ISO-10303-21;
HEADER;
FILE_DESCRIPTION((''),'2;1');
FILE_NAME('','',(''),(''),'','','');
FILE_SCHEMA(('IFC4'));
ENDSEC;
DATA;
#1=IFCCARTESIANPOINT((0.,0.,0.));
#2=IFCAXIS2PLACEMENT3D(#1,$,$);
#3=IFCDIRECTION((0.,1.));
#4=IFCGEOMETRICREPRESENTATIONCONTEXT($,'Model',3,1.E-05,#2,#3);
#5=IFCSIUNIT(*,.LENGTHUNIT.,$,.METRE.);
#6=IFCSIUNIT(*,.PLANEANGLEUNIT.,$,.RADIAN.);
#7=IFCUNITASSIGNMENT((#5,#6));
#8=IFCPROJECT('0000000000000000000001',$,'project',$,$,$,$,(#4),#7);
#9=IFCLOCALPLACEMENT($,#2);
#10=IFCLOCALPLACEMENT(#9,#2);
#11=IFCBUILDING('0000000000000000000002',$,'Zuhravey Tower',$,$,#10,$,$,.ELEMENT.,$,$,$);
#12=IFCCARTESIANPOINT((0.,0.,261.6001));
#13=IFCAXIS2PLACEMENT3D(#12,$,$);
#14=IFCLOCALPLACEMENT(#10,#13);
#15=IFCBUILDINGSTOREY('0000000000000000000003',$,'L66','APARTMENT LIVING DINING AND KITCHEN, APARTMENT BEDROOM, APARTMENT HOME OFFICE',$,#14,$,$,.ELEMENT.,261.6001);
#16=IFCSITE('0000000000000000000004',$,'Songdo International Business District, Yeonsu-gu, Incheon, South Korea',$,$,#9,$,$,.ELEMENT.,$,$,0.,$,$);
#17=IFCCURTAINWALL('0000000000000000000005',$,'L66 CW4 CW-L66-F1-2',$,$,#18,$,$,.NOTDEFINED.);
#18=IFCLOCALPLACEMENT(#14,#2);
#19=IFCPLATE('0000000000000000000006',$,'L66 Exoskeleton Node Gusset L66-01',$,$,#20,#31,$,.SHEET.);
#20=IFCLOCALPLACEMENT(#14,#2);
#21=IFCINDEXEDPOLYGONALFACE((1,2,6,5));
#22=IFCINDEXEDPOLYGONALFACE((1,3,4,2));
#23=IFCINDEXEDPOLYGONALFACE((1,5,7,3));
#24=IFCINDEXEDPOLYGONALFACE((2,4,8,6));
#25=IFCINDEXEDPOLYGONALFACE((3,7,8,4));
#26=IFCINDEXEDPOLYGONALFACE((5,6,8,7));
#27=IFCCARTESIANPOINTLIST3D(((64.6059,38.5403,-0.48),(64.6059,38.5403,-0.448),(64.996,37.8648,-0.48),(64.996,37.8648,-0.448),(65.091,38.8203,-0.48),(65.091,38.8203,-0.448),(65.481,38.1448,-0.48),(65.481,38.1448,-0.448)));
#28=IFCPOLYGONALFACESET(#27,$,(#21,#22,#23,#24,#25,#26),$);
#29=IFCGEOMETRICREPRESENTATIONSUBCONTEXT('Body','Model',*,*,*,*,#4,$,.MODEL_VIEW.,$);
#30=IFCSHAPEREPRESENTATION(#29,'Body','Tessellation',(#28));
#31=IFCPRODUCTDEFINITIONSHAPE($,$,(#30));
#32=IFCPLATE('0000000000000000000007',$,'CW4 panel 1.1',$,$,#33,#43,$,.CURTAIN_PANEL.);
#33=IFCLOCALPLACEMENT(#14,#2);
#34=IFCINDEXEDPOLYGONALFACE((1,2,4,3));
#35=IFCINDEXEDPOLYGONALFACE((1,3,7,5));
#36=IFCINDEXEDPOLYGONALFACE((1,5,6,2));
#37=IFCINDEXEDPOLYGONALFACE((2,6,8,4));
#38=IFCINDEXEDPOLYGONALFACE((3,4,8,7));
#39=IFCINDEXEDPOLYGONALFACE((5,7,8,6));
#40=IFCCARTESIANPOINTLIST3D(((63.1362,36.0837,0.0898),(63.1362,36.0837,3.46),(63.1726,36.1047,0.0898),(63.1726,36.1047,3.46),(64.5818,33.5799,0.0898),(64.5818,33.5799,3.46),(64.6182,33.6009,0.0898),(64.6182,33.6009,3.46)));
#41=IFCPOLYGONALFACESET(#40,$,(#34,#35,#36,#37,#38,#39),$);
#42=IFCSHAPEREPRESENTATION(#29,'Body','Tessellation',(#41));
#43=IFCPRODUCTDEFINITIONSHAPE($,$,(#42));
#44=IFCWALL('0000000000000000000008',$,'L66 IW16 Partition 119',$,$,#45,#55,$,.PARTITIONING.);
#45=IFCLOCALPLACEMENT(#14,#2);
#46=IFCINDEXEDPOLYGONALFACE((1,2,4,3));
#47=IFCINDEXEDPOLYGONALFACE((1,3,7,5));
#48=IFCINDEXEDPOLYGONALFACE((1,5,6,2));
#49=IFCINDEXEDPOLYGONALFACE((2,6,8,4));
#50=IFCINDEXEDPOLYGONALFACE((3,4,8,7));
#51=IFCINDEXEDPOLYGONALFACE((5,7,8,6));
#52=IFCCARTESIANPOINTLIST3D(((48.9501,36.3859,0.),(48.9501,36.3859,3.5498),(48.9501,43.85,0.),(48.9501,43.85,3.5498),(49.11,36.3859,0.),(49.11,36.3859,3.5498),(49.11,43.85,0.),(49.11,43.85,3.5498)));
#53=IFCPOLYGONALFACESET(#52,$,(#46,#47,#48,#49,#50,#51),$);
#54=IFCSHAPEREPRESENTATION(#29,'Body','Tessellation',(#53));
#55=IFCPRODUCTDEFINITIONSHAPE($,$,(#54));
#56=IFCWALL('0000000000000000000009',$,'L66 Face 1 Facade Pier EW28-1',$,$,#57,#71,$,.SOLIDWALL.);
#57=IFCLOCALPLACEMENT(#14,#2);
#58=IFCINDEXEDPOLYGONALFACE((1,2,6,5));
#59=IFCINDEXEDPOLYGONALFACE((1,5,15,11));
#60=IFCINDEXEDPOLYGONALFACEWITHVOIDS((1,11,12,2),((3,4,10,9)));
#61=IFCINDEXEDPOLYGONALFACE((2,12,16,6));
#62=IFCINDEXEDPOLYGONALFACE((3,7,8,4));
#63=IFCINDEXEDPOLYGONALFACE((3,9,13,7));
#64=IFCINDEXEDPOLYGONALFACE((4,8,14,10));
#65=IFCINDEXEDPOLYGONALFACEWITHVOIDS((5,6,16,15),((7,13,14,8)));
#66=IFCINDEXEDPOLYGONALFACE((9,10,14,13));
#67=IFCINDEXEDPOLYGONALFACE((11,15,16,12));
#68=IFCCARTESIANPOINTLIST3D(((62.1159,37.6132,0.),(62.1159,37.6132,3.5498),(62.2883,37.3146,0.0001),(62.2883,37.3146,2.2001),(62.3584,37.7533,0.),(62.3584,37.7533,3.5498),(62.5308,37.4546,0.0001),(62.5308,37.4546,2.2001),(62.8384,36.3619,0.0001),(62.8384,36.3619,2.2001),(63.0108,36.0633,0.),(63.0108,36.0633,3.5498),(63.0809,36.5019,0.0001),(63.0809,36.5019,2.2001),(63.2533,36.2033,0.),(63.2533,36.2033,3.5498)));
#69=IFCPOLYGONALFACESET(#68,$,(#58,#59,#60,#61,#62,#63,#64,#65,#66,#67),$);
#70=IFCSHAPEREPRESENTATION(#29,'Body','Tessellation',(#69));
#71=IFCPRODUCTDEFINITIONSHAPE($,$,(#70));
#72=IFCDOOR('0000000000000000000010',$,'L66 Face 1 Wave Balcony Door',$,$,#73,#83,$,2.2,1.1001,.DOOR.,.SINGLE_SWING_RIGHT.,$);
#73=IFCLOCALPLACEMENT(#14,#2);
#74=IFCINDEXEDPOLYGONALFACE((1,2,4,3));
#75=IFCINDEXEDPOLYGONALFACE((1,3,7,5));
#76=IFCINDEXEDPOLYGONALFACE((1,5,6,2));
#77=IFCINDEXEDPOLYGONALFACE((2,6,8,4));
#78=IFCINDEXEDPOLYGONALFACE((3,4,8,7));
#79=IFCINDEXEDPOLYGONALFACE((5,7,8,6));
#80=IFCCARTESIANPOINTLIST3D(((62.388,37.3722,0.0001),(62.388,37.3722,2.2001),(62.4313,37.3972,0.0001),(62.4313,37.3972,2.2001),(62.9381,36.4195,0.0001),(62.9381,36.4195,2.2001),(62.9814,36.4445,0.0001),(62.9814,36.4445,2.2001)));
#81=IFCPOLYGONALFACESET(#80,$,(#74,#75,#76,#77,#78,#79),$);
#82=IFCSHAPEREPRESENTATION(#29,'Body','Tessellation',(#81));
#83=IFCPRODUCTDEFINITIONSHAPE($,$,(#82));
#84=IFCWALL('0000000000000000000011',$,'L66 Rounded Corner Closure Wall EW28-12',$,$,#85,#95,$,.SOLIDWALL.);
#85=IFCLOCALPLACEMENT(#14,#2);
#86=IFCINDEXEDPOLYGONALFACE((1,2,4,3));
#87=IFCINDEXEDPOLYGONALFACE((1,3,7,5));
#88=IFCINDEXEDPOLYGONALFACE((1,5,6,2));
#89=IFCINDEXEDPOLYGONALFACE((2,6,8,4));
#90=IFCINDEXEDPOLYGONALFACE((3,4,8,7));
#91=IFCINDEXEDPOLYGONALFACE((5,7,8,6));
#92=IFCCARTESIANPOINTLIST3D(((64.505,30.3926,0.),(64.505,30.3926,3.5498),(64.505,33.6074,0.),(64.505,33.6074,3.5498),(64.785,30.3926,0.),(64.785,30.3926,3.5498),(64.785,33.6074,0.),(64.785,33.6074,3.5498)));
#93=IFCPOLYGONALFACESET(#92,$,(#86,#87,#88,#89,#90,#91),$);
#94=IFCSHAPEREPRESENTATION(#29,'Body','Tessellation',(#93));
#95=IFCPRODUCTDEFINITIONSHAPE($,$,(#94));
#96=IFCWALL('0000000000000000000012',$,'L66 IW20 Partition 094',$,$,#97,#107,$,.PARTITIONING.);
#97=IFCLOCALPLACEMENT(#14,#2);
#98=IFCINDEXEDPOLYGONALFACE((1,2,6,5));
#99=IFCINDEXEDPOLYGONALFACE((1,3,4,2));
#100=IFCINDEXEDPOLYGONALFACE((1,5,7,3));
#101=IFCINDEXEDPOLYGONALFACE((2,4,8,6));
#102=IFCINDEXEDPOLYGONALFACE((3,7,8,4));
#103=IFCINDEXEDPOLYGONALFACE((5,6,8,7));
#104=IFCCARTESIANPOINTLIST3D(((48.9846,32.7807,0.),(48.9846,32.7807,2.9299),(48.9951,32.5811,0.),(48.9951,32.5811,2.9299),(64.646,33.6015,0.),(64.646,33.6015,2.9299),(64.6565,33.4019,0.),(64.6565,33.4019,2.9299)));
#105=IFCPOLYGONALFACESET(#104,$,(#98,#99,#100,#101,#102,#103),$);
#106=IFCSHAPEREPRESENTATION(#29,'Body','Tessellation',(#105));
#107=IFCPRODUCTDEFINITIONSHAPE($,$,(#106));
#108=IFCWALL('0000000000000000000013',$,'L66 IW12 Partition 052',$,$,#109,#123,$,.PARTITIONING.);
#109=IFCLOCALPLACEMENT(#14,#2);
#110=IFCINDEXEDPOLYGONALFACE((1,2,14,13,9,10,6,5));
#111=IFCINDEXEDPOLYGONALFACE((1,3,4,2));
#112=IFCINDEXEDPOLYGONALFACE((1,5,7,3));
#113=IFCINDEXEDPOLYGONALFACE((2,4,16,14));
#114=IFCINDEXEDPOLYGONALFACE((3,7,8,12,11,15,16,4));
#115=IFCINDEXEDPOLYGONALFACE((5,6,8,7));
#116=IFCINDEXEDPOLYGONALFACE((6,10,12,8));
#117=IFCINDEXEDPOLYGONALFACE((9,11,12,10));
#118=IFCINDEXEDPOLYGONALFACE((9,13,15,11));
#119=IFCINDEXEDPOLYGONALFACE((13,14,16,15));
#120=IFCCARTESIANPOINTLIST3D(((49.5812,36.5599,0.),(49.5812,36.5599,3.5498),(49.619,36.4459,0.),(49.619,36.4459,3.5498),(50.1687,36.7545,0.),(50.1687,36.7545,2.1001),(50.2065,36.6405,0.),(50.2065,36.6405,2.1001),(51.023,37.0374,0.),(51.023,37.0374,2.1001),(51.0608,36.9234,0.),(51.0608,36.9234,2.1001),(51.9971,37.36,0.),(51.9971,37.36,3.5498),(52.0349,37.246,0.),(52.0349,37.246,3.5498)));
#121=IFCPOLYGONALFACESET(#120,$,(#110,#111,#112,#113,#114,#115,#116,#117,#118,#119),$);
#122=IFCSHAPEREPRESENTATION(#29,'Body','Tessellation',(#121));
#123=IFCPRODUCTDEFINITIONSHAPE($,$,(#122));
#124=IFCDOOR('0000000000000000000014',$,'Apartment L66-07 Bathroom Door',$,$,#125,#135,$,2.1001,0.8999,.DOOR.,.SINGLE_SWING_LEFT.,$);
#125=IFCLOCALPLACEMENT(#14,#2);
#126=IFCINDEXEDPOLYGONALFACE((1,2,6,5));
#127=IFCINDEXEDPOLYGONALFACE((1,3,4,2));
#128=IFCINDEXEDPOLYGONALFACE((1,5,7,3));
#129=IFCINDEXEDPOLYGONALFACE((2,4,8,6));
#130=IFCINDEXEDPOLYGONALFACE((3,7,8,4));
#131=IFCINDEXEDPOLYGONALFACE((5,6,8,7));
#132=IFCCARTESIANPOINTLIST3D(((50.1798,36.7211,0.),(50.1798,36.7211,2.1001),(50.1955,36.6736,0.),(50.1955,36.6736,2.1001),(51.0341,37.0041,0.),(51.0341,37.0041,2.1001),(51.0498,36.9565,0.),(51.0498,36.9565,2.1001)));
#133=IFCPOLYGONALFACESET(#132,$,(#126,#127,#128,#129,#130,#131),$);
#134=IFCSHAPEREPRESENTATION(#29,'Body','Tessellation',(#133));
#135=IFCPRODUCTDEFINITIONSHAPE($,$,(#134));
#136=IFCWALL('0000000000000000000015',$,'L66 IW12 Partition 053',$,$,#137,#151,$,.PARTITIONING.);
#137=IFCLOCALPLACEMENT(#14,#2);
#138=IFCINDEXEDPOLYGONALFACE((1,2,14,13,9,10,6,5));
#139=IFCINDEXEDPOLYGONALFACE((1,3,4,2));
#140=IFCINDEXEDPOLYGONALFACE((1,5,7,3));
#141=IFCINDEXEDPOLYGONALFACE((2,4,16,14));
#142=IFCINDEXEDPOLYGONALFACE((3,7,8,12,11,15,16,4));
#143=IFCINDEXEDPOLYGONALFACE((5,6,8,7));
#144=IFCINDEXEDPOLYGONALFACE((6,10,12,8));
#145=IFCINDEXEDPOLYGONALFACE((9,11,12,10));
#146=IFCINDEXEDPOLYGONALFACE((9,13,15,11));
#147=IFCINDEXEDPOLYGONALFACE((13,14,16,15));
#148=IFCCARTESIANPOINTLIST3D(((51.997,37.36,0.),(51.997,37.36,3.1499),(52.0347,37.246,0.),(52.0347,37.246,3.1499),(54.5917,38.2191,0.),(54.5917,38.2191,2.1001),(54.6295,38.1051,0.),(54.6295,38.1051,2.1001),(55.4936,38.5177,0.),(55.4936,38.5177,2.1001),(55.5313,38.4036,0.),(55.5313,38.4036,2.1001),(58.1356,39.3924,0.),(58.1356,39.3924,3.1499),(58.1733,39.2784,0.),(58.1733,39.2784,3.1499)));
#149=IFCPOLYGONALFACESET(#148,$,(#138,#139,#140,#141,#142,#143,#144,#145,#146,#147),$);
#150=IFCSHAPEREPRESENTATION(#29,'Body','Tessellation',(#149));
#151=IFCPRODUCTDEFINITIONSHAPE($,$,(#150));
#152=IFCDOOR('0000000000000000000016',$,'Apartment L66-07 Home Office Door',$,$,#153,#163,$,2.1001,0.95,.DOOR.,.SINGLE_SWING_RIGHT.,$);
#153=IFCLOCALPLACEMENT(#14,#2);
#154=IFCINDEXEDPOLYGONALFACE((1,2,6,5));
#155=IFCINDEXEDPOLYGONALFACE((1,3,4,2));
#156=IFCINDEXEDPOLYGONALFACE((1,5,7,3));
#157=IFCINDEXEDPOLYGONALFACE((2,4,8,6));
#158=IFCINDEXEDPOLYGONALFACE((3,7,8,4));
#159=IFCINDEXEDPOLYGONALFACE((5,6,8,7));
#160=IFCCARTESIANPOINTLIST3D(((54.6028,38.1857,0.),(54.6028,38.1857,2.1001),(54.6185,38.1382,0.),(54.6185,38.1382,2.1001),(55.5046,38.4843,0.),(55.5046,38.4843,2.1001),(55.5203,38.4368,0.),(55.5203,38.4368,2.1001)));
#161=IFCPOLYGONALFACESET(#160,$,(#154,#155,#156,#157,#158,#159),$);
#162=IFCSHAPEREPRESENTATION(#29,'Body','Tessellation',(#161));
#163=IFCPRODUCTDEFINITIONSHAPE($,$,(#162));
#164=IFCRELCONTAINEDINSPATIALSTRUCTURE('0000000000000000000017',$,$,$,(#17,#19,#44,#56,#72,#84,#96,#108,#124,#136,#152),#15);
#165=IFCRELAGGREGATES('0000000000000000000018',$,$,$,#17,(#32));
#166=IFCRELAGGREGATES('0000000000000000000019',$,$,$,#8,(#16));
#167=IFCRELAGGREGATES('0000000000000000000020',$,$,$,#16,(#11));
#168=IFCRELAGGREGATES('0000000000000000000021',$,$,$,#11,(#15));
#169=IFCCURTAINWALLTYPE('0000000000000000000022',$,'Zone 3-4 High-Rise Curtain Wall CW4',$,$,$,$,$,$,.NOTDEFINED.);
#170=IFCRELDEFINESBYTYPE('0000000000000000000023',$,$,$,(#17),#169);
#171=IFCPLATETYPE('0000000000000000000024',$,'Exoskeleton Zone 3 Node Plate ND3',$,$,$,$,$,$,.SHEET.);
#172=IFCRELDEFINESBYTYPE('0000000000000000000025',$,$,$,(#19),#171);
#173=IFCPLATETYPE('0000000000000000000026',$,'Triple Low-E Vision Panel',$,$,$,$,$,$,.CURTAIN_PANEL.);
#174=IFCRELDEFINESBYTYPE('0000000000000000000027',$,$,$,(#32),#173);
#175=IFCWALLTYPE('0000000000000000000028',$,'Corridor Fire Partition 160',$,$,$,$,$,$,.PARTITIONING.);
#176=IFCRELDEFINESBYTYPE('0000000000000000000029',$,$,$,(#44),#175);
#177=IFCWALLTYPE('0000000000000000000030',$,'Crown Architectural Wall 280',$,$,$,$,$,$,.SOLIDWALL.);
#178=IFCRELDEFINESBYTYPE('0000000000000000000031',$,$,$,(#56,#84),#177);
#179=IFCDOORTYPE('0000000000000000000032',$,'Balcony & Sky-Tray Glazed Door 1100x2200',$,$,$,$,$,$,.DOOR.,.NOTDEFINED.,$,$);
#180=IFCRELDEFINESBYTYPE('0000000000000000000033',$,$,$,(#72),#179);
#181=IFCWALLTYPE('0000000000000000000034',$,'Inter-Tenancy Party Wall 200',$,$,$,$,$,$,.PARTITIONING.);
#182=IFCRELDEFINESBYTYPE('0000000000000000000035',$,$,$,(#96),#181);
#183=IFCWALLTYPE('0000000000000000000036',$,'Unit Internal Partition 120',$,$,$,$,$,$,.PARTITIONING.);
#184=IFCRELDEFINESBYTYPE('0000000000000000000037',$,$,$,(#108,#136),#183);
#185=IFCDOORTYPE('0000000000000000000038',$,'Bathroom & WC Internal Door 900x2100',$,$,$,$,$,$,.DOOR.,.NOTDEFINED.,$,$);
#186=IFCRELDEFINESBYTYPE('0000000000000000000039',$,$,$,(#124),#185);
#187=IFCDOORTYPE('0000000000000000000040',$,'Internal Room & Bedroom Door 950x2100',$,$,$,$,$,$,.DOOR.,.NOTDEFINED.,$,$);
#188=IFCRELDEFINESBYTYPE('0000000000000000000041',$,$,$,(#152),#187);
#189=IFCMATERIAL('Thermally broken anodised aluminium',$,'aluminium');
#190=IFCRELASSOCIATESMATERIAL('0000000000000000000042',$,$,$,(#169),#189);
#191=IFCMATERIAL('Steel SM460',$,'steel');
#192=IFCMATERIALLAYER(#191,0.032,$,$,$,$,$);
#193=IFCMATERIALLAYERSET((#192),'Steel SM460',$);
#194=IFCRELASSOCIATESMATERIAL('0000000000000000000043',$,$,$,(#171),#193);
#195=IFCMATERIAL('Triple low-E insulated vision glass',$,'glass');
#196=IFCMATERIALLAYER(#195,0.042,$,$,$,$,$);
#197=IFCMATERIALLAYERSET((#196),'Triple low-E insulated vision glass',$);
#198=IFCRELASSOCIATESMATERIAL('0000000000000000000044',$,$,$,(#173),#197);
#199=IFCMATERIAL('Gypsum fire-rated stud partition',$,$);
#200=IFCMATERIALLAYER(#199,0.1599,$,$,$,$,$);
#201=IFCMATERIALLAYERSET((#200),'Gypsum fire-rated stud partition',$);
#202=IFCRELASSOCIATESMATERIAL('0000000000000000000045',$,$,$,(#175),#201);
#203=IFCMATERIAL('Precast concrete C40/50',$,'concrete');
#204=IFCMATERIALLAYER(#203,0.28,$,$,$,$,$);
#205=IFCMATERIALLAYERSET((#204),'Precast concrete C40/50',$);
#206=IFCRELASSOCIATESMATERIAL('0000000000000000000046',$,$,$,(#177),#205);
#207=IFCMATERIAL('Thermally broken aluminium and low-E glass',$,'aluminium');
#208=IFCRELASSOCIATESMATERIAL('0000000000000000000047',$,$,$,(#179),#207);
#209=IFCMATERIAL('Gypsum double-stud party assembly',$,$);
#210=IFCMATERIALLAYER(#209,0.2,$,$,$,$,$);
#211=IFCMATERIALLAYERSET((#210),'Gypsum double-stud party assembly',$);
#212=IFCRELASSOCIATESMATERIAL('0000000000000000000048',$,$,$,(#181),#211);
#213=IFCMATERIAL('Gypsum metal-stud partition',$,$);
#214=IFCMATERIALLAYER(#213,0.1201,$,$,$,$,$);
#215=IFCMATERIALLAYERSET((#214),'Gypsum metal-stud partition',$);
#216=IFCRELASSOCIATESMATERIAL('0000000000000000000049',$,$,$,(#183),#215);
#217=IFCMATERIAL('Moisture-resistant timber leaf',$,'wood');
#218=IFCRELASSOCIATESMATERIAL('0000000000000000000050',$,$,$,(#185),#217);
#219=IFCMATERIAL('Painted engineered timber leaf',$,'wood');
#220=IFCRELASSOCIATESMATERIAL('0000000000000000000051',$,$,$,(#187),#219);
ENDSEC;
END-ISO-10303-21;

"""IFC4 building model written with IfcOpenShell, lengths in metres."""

from ifc_helpers import new_model, si_unit, direction, frame, frame_2d, origin, origin_2d, place, context, subcontext, project, spatial, rectangle, extrude, material, layer, layer_set, type_object, element, fill, aggregate, save


model = new_model("IFC4")

# Units and contexts
model_context = context("Model", 3, precision=1e-05, world=origin(), true_north=direction((0.0, 1.0)))
body_context = subcontext(model_context, "Body", "Model", "MODEL_VIEW")
ifc_project = project(units=[si_unit("LENGTHUNIT", "METRE"), si_unit("PLANEANGLEUNIT", "RADIAN")], contexts=[model_context])

# Site, building, storey
site_placement = place(None, origin())
site = spatial("IfcSite", under=ifc_project, at=site_placement, Name="Songdo International Business District, Yeonsu-gu, Incheon, South Korea", CompositionType="ELEMENT", RefElevation=0.0)
building_placement = place(site_placement, origin())
building = spatial("IfcBuilding", under=site, at=building_placement, Name="Zuhravey Tower", CompositionType="ELEMENT")
storey_placement = place(building_placement, frame((0.0, 0.0, 261.6001)))
storey = spatial("IfcBuildingStorey", under=building, at=storey_placement, Name="L66", Description="APARTMENT LIVING DINING AND KITCHEN, APARTMENT BEDROOM, APARTMENT HOME OFFICE", CompositionType="ELEMENT", Elevation=261.6001)

# Shared definitions
ifc_material_1 = material(Name="Thermally broken anodised aluminium", Category="aluminium")
curtain_wall_type = type_object("IfcCurtainWallType", Name="Zone 3-4 High-Rise Curtain Wall CW4", PredefinedType="NOTDEFINED", material=ifc_material_1)

# Curtain wall
curtain_wall_1_placement = place(storey_placement, origin())
curtain_wall_1 = element("IfcCurtainWall", 1, at=curtain_wall_1_placement, inside=storey, type_object=curtain_wall_type, Name="L66 CW4 CW-L66-F1-2", PredefinedType="NOTDEFINED")

# Plates
ifc_material_2 = material(Name="Steel SM460", Category="steel")
ifc_layer_1 = layer(ifc_material_2, 0.032)
ifc_layer_set_1 = layer_set([ifc_layer_1], Name="Steel SM460")
plate_type_1 = type_object("IfcPlateType", Name="Exoskeleton Zone 3 Node Plate ND3", PredefinedType="SHEET", material=ifc_layer_set_1)
plate_1_placement = place(storey_placement, frame((65.0435, 38.3425, -0.48), z_axis=(0.0, 0.0, 1.0), x_axis=(-0.5, 0.866025, 0.0)))
element("IfcPlate", 2, at=plate_1_placement, inside=storey, type_object=plate_type_1, Name="L66 Exoskeleton Node Gusset L66-01", PredefinedType="SHEET", context=body_context, shape_type="SweptSolid", body=[
    extrude(rectangle(XDim=0.78, YDim=0.5601, at=origin_2d()), origin(), (0.0, 0.0, 1.0), 0.032),
])
ifc_material_3 = material(Name="Triple low-E insulated vision glass", Category="glass")
ifc_layer_2 = layer(ifc_material_3, 0.042)
ifc_layer_set_2 = layer_set([ifc_layer_2], Name="Triple low-E insulated vision glass")
plate_type_2 = type_object("IfcPlateType", Name="Triple Low-E Vision Panel", PredefinedType="CURTAIN_PANEL", material=ifc_layer_set_2)
plate_2_placement = place(storey_placement, frame((63.8772, 34.8423, 0.0898), z_axis=(0.0, 0.0, 1.0), x_axis=(0.500005, -0.866022, 0.0)))
plate_2 = element("IfcPlate", 3, at=plate_2_placement, type_object=plate_type_2, Name="CW4 panel 1.1", PredefinedType="CURTAIN_PANEL", context=body_context, shape_type="SweptSolid", body=[
    extrude(rectangle(XDim=2.8911, YDim=0.042, at=origin_2d()), origin(), (0.0, 0.0, 1.0), 3.3701),
])
aggregate(curtain_wall_1, [plate_2])

# Shared definitions
ifc_material_4 = material(Name="Gypsum fire-rated stud partition")
ifc_layer_3 = layer(ifc_material_4, 0.1599)
ifc_layer_set_3 = layer_set([ifc_layer_3], Name="Gypsum fire-rated stud partition")
wall_type_1 = type_object("IfcWallType", Name="Corridor Fire Partition 160", PredefinedType="PARTITIONING", material=ifc_layer_set_3)

# Wall
wall_1_placement = place(storey_placement, frame((49.03, 36.386, 0.0), z_axis=(0.0, 0.0, 1.0), x_axis=(0.0, 1.0, 0.0)))
element("IfcWall", 4, at=wall_1_placement, inside=storey, type_object=wall_type_1, Name="L66 IW16 Partition 119", PredefinedType="PARTITIONING", context=body_context, shape_type="SweptSolid", body=[
    extrude(rectangle(XDim=7.4641, YDim=0.1599, at=frame_2d((3.7319, 0.0))), origin(), (0.0, 0.0, 1.0), 3.5498),
])

# Wall, opening, door
ifc_material_5 = material(Name="Precast concrete C40/50", Category="concrete")
ifc_layer_4 = layer(ifc_material_5, 0.28)
ifc_layer_set_4 = layer_set([ifc_layer_4], Name="Precast concrete C40/50")
wall_type_2 = type_object("IfcWallType", Name="Crown Architectural Wall 280", PredefinedType="SOLIDWALL", material=ifc_layer_set_4)
wall_2_placement = place(storey_placement, frame((62.2371, 37.6833, 0.0), z_axis=(0.0, 0.0, 1.0), x_axis=(0.500041, -0.866002, 0.0)))
wall_2 = element("IfcWall", 5, at=wall_2_placement, inside=storey, type_object=wall_type_2, Name="L66 Face 1 Facade Pier EW28-1", PredefinedType="SOLIDWALL", context=body_context, shape_type="SweptSolid", body=[
    extrude(rectangle(XDim=1.7898, YDim=0.28, at=frame_2d((0.895, 0.0))), origin(), (0.0, 0.0, 1.0), 3.5498),
])
opening_1_placement = place(wall_2_placement, frame((0.345, 0.0, 0.0)))
opening_1 = element("IfcOpeningElement", 6, at=opening_1_placement, cuts=wall_2, PredefinedType="OPENING", context=body_context, shape_type="SweptSolid", body=[
    extrude(rectangle(XDim=1.1001, YDim=2.2, at=frame_2d((0.55, 1.1001))), frame((0.0, 0.1521, 0.0), z_axis=(0.0, -1.0, 0.0), x_axis=(1.0, 0.0, 0.0)), (0.0, 0.0, 1.0), 0.304),
])
ifc_material_6 = material(Name="Thermally broken aluminium and low-E glass", Category="aluminium")
door_type_1 = type_object("IfcDoorType", Name="Balcony & Sky-Tray Glazed Door 1100x2200", OperationType="NOTDEFINED", PredefinedType="DOOR", material=ifc_material_6)
door_1_placement = place(opening_1_placement, frame((1.1001, 0.0, 0.0), z_axis=(0.0, 0.0, 1.0), x_axis=(-1.0, 0.0, 0.0)))
door_1 = element("IfcDoor", 7, at=door_1_placement, inside=storey, type_object=door_type_1, Name="L66 Face 1 Wave Balcony Door", OperationType="SINGLE_SWING_RIGHT", OverallHeight=2.2, OverallWidth=1.1001, PredefinedType="DOOR", context=body_context, shape_type="SweptSolid", body=[
    extrude(rectangle(XDim=1.1001, YDim=2.2, at=frame_2d((0.55, 1.1001))), frame((0.0, 0.0249, 0.0), z_axis=(0.0, -1.0, 0.0), x_axis=(1.0, 0.0, 0.0)), (0.0, 0.0, 1.0), 0.05),
])
fill(opening_1, door_1)

# Walls
wall_3_placement = place(storey_placement, frame((64.645, 33.6074, 0.0), z_axis=(0.0, 0.0, 1.0), x_axis=(0.0, -1.0, 0.0)))
element("IfcWall", 8, at=wall_3_placement, inside=storey, type_object=wall_type_2, Name="L66 Rounded Corner Closure Wall EW28-12", PredefinedType="SOLIDWALL", context=body_context, shape_type="SweptSolid", body=[
    extrude(rectangle(XDim=3.2148, YDim=0.28, at=frame_2d((1.6074, 0.0))), origin(), (0.0, 0.0, 1.0), 3.5498),
])
ifc_material_7 = material(Name="Gypsum double-stud party assembly")
ifc_layer_5 = layer(ifc_material_7, 0.2)
ifc_layer_set_5 = layer_set([ifc_layer_5], Name="Gypsum double-stud party assembly")
wall_type_3 = type_object("IfcWallType", Name="Inter-Tenancy Party Wall 200", PredefinedType="PARTITIONING", material=ifc_layer_set_5)
wall_4_placement = place(storey_placement, frame((48.99, 32.6809, 0.0), z_axis=(0.0, 0.0, 1.0), x_axis=(0.998629, 0.052337, 0.0)))
element("IfcWall", 9, at=wall_4_placement, inside=storey, type_object=wall_type_3, Name="L66 IW20 Partition 094", PredefinedType="PARTITIONING", context=body_context, shape_type="SweptSolid", body=[
    extrude(rectangle(XDim=15.6829, YDim=0.2, at=frame_2d((7.8413, 0.0))), origin(), (0.0, 0.0, 1.0), 2.9299),
])

# Walls, openings, doors
ifc_material_8 = material(Name="Gypsum metal-stud partition")
ifc_layer_6 = layer(ifc_material_8, 0.1201)
ifc_layer_set_6 = layer_set([ifc_layer_6], Name="Gypsum metal-stud partition")
wall_type_4 = type_object("IfcWallType", Name="Unit Internal Partition 120", PredefinedType="PARTITIONING", material=ifc_layer_set_6)
wall_5_placement = place(storey_placement, frame((49.6001, 36.5029, 0.0), z_axis=(0.0, 0.0, 1.0), x_axis=(0.949296, 0.314385, 0.0)))
wall_5 = element("IfcWall", 10, at=wall_5_placement, inside=storey, type_object=wall_type_4, Name="L66 IW12 Partition 052", PredefinedType="PARTITIONING", context=body_context, shape_type="SweptSolid", body=[
    extrude(rectangle(XDim=2.5449, YDim=0.1201, at=frame_2d((1.2725, 0.0))), origin(), (0.0, 0.0, 1.0), 3.5498),
])
opening_2_placement = place(wall_5_placement, frame((0.6189, 0.0, 0.0)))
opening_2 = element("IfcOpeningElement", 11, at=opening_2_placement, cuts=wall_5, PredefinedType="OPENING", context=body_context, shape_type="SweptSolid", body=[
    extrude(rectangle(XDim=0.8999, YDim=2.1001, at=frame_2d((0.45, 1.05))), frame((0.0, 0.072, 0.0), z_axis=(0.0, -1.0, 0.0), x_axis=(1.0, 0.0, 0.0)), (0.0, 0.0, 1.0), 0.144),
])
ifc_material_9 = material(Name="Moisture-resistant timber leaf", Category="wood")
door_type_2 = type_object("IfcDoorType", Name="Bathroom & WC Internal Door 900x2100", OperationType="NOTDEFINED", PredefinedType="DOOR", material=ifc_material_9)
door_2_placement = place(opening_2_placement, origin())
door_2 = element("IfcDoor", 12, at=door_2_placement, inside=storey, type_object=door_type_2, Name="Apartment L66-07 Bathroom Door", OperationType="SINGLE_SWING_LEFT", OverallHeight=2.1001, OverallWidth=0.8999, PredefinedType="DOOR", context=body_context, shape_type="SweptSolid", body=[
    extrude(rectangle(XDim=0.8999, YDim=2.1001, at=frame_2d((0.45, 1.05))), frame((0.0, 0.0249, 0.0), z_axis=(0.0, -1.0, 0.0), x_axis=(1.0, 0.0, 0.0)), (0.0, 0.0, 1.0), 0.05),
])
fill(opening_2, door_2)
wall_6_placement = place(storey_placement, frame((52.0159, 37.303, 0.0), z_axis=(0.0, 0.0, 1.0), x_axis=(0.949319, 0.314313, 0.0)))
wall_6 = element("IfcWall", 13, at=wall_6_placement, inside=storey, type_object=wall_type_4, Name="L66 IW12 Partition 053", PredefinedType="PARTITIONING", context=body_context, shape_type="SweptSolid", body=[
    extrude(rectangle(XDim=6.4663, YDim=0.1201, at=frame_2d((3.2332, 0.0))), origin(), (0.0, 0.0, 1.0), 3.1499),
])
opening_3_placement = place(wall_6_placement, frame((2.7332, 0.0, 0.0)))
opening_3 = element("IfcOpeningElement", 14, at=opening_3_placement, cuts=wall_6, PredefinedType="OPENING", context=body_context, shape_type="SweptSolid", body=[
    extrude(rectangle(XDim=0.95, YDim=2.1001, at=frame_2d((0.4751, 1.05))), frame((0.0, 0.072, 0.0), z_axis=(0.0, -1.0, 0.0), x_axis=(1.0, 0.0, 0.0)), (0.0, 0.0, 1.0), 0.144),
])
ifc_material_10 = material(Name="Painted engineered timber leaf", Category="wood")
door_type_3 = type_object("IfcDoorType", Name="Internal Room & Bedroom Door 950x2100", OperationType="NOTDEFINED", PredefinedType="DOOR", material=ifc_material_10)
door_3_placement = place(opening_3_placement, origin())
door_3 = element("IfcDoor", 15, at=door_3_placement, inside=storey, type_object=door_type_3, Name="Apartment L66-07 Home Office Door", OperationType="SINGLE_SWING_RIGHT", OverallHeight=2.1001, OverallWidth=0.95, PredefinedType="DOOR", context=body_context, shape_type="SweptSolid", body=[
    extrude(rectangle(XDim=0.95, YDim=2.1001, at=frame_2d((0.4751, 1.05))), frame((0.0, 0.0249, 0.0), z_axis=(0.0, -1.0, 0.0), x_axis=(1.0, 0.0, 0.0)), (0.0, 0.0, 1.0), 0.05),
])
fill(opening_3, door_3)

save(model, "model.ifc")
